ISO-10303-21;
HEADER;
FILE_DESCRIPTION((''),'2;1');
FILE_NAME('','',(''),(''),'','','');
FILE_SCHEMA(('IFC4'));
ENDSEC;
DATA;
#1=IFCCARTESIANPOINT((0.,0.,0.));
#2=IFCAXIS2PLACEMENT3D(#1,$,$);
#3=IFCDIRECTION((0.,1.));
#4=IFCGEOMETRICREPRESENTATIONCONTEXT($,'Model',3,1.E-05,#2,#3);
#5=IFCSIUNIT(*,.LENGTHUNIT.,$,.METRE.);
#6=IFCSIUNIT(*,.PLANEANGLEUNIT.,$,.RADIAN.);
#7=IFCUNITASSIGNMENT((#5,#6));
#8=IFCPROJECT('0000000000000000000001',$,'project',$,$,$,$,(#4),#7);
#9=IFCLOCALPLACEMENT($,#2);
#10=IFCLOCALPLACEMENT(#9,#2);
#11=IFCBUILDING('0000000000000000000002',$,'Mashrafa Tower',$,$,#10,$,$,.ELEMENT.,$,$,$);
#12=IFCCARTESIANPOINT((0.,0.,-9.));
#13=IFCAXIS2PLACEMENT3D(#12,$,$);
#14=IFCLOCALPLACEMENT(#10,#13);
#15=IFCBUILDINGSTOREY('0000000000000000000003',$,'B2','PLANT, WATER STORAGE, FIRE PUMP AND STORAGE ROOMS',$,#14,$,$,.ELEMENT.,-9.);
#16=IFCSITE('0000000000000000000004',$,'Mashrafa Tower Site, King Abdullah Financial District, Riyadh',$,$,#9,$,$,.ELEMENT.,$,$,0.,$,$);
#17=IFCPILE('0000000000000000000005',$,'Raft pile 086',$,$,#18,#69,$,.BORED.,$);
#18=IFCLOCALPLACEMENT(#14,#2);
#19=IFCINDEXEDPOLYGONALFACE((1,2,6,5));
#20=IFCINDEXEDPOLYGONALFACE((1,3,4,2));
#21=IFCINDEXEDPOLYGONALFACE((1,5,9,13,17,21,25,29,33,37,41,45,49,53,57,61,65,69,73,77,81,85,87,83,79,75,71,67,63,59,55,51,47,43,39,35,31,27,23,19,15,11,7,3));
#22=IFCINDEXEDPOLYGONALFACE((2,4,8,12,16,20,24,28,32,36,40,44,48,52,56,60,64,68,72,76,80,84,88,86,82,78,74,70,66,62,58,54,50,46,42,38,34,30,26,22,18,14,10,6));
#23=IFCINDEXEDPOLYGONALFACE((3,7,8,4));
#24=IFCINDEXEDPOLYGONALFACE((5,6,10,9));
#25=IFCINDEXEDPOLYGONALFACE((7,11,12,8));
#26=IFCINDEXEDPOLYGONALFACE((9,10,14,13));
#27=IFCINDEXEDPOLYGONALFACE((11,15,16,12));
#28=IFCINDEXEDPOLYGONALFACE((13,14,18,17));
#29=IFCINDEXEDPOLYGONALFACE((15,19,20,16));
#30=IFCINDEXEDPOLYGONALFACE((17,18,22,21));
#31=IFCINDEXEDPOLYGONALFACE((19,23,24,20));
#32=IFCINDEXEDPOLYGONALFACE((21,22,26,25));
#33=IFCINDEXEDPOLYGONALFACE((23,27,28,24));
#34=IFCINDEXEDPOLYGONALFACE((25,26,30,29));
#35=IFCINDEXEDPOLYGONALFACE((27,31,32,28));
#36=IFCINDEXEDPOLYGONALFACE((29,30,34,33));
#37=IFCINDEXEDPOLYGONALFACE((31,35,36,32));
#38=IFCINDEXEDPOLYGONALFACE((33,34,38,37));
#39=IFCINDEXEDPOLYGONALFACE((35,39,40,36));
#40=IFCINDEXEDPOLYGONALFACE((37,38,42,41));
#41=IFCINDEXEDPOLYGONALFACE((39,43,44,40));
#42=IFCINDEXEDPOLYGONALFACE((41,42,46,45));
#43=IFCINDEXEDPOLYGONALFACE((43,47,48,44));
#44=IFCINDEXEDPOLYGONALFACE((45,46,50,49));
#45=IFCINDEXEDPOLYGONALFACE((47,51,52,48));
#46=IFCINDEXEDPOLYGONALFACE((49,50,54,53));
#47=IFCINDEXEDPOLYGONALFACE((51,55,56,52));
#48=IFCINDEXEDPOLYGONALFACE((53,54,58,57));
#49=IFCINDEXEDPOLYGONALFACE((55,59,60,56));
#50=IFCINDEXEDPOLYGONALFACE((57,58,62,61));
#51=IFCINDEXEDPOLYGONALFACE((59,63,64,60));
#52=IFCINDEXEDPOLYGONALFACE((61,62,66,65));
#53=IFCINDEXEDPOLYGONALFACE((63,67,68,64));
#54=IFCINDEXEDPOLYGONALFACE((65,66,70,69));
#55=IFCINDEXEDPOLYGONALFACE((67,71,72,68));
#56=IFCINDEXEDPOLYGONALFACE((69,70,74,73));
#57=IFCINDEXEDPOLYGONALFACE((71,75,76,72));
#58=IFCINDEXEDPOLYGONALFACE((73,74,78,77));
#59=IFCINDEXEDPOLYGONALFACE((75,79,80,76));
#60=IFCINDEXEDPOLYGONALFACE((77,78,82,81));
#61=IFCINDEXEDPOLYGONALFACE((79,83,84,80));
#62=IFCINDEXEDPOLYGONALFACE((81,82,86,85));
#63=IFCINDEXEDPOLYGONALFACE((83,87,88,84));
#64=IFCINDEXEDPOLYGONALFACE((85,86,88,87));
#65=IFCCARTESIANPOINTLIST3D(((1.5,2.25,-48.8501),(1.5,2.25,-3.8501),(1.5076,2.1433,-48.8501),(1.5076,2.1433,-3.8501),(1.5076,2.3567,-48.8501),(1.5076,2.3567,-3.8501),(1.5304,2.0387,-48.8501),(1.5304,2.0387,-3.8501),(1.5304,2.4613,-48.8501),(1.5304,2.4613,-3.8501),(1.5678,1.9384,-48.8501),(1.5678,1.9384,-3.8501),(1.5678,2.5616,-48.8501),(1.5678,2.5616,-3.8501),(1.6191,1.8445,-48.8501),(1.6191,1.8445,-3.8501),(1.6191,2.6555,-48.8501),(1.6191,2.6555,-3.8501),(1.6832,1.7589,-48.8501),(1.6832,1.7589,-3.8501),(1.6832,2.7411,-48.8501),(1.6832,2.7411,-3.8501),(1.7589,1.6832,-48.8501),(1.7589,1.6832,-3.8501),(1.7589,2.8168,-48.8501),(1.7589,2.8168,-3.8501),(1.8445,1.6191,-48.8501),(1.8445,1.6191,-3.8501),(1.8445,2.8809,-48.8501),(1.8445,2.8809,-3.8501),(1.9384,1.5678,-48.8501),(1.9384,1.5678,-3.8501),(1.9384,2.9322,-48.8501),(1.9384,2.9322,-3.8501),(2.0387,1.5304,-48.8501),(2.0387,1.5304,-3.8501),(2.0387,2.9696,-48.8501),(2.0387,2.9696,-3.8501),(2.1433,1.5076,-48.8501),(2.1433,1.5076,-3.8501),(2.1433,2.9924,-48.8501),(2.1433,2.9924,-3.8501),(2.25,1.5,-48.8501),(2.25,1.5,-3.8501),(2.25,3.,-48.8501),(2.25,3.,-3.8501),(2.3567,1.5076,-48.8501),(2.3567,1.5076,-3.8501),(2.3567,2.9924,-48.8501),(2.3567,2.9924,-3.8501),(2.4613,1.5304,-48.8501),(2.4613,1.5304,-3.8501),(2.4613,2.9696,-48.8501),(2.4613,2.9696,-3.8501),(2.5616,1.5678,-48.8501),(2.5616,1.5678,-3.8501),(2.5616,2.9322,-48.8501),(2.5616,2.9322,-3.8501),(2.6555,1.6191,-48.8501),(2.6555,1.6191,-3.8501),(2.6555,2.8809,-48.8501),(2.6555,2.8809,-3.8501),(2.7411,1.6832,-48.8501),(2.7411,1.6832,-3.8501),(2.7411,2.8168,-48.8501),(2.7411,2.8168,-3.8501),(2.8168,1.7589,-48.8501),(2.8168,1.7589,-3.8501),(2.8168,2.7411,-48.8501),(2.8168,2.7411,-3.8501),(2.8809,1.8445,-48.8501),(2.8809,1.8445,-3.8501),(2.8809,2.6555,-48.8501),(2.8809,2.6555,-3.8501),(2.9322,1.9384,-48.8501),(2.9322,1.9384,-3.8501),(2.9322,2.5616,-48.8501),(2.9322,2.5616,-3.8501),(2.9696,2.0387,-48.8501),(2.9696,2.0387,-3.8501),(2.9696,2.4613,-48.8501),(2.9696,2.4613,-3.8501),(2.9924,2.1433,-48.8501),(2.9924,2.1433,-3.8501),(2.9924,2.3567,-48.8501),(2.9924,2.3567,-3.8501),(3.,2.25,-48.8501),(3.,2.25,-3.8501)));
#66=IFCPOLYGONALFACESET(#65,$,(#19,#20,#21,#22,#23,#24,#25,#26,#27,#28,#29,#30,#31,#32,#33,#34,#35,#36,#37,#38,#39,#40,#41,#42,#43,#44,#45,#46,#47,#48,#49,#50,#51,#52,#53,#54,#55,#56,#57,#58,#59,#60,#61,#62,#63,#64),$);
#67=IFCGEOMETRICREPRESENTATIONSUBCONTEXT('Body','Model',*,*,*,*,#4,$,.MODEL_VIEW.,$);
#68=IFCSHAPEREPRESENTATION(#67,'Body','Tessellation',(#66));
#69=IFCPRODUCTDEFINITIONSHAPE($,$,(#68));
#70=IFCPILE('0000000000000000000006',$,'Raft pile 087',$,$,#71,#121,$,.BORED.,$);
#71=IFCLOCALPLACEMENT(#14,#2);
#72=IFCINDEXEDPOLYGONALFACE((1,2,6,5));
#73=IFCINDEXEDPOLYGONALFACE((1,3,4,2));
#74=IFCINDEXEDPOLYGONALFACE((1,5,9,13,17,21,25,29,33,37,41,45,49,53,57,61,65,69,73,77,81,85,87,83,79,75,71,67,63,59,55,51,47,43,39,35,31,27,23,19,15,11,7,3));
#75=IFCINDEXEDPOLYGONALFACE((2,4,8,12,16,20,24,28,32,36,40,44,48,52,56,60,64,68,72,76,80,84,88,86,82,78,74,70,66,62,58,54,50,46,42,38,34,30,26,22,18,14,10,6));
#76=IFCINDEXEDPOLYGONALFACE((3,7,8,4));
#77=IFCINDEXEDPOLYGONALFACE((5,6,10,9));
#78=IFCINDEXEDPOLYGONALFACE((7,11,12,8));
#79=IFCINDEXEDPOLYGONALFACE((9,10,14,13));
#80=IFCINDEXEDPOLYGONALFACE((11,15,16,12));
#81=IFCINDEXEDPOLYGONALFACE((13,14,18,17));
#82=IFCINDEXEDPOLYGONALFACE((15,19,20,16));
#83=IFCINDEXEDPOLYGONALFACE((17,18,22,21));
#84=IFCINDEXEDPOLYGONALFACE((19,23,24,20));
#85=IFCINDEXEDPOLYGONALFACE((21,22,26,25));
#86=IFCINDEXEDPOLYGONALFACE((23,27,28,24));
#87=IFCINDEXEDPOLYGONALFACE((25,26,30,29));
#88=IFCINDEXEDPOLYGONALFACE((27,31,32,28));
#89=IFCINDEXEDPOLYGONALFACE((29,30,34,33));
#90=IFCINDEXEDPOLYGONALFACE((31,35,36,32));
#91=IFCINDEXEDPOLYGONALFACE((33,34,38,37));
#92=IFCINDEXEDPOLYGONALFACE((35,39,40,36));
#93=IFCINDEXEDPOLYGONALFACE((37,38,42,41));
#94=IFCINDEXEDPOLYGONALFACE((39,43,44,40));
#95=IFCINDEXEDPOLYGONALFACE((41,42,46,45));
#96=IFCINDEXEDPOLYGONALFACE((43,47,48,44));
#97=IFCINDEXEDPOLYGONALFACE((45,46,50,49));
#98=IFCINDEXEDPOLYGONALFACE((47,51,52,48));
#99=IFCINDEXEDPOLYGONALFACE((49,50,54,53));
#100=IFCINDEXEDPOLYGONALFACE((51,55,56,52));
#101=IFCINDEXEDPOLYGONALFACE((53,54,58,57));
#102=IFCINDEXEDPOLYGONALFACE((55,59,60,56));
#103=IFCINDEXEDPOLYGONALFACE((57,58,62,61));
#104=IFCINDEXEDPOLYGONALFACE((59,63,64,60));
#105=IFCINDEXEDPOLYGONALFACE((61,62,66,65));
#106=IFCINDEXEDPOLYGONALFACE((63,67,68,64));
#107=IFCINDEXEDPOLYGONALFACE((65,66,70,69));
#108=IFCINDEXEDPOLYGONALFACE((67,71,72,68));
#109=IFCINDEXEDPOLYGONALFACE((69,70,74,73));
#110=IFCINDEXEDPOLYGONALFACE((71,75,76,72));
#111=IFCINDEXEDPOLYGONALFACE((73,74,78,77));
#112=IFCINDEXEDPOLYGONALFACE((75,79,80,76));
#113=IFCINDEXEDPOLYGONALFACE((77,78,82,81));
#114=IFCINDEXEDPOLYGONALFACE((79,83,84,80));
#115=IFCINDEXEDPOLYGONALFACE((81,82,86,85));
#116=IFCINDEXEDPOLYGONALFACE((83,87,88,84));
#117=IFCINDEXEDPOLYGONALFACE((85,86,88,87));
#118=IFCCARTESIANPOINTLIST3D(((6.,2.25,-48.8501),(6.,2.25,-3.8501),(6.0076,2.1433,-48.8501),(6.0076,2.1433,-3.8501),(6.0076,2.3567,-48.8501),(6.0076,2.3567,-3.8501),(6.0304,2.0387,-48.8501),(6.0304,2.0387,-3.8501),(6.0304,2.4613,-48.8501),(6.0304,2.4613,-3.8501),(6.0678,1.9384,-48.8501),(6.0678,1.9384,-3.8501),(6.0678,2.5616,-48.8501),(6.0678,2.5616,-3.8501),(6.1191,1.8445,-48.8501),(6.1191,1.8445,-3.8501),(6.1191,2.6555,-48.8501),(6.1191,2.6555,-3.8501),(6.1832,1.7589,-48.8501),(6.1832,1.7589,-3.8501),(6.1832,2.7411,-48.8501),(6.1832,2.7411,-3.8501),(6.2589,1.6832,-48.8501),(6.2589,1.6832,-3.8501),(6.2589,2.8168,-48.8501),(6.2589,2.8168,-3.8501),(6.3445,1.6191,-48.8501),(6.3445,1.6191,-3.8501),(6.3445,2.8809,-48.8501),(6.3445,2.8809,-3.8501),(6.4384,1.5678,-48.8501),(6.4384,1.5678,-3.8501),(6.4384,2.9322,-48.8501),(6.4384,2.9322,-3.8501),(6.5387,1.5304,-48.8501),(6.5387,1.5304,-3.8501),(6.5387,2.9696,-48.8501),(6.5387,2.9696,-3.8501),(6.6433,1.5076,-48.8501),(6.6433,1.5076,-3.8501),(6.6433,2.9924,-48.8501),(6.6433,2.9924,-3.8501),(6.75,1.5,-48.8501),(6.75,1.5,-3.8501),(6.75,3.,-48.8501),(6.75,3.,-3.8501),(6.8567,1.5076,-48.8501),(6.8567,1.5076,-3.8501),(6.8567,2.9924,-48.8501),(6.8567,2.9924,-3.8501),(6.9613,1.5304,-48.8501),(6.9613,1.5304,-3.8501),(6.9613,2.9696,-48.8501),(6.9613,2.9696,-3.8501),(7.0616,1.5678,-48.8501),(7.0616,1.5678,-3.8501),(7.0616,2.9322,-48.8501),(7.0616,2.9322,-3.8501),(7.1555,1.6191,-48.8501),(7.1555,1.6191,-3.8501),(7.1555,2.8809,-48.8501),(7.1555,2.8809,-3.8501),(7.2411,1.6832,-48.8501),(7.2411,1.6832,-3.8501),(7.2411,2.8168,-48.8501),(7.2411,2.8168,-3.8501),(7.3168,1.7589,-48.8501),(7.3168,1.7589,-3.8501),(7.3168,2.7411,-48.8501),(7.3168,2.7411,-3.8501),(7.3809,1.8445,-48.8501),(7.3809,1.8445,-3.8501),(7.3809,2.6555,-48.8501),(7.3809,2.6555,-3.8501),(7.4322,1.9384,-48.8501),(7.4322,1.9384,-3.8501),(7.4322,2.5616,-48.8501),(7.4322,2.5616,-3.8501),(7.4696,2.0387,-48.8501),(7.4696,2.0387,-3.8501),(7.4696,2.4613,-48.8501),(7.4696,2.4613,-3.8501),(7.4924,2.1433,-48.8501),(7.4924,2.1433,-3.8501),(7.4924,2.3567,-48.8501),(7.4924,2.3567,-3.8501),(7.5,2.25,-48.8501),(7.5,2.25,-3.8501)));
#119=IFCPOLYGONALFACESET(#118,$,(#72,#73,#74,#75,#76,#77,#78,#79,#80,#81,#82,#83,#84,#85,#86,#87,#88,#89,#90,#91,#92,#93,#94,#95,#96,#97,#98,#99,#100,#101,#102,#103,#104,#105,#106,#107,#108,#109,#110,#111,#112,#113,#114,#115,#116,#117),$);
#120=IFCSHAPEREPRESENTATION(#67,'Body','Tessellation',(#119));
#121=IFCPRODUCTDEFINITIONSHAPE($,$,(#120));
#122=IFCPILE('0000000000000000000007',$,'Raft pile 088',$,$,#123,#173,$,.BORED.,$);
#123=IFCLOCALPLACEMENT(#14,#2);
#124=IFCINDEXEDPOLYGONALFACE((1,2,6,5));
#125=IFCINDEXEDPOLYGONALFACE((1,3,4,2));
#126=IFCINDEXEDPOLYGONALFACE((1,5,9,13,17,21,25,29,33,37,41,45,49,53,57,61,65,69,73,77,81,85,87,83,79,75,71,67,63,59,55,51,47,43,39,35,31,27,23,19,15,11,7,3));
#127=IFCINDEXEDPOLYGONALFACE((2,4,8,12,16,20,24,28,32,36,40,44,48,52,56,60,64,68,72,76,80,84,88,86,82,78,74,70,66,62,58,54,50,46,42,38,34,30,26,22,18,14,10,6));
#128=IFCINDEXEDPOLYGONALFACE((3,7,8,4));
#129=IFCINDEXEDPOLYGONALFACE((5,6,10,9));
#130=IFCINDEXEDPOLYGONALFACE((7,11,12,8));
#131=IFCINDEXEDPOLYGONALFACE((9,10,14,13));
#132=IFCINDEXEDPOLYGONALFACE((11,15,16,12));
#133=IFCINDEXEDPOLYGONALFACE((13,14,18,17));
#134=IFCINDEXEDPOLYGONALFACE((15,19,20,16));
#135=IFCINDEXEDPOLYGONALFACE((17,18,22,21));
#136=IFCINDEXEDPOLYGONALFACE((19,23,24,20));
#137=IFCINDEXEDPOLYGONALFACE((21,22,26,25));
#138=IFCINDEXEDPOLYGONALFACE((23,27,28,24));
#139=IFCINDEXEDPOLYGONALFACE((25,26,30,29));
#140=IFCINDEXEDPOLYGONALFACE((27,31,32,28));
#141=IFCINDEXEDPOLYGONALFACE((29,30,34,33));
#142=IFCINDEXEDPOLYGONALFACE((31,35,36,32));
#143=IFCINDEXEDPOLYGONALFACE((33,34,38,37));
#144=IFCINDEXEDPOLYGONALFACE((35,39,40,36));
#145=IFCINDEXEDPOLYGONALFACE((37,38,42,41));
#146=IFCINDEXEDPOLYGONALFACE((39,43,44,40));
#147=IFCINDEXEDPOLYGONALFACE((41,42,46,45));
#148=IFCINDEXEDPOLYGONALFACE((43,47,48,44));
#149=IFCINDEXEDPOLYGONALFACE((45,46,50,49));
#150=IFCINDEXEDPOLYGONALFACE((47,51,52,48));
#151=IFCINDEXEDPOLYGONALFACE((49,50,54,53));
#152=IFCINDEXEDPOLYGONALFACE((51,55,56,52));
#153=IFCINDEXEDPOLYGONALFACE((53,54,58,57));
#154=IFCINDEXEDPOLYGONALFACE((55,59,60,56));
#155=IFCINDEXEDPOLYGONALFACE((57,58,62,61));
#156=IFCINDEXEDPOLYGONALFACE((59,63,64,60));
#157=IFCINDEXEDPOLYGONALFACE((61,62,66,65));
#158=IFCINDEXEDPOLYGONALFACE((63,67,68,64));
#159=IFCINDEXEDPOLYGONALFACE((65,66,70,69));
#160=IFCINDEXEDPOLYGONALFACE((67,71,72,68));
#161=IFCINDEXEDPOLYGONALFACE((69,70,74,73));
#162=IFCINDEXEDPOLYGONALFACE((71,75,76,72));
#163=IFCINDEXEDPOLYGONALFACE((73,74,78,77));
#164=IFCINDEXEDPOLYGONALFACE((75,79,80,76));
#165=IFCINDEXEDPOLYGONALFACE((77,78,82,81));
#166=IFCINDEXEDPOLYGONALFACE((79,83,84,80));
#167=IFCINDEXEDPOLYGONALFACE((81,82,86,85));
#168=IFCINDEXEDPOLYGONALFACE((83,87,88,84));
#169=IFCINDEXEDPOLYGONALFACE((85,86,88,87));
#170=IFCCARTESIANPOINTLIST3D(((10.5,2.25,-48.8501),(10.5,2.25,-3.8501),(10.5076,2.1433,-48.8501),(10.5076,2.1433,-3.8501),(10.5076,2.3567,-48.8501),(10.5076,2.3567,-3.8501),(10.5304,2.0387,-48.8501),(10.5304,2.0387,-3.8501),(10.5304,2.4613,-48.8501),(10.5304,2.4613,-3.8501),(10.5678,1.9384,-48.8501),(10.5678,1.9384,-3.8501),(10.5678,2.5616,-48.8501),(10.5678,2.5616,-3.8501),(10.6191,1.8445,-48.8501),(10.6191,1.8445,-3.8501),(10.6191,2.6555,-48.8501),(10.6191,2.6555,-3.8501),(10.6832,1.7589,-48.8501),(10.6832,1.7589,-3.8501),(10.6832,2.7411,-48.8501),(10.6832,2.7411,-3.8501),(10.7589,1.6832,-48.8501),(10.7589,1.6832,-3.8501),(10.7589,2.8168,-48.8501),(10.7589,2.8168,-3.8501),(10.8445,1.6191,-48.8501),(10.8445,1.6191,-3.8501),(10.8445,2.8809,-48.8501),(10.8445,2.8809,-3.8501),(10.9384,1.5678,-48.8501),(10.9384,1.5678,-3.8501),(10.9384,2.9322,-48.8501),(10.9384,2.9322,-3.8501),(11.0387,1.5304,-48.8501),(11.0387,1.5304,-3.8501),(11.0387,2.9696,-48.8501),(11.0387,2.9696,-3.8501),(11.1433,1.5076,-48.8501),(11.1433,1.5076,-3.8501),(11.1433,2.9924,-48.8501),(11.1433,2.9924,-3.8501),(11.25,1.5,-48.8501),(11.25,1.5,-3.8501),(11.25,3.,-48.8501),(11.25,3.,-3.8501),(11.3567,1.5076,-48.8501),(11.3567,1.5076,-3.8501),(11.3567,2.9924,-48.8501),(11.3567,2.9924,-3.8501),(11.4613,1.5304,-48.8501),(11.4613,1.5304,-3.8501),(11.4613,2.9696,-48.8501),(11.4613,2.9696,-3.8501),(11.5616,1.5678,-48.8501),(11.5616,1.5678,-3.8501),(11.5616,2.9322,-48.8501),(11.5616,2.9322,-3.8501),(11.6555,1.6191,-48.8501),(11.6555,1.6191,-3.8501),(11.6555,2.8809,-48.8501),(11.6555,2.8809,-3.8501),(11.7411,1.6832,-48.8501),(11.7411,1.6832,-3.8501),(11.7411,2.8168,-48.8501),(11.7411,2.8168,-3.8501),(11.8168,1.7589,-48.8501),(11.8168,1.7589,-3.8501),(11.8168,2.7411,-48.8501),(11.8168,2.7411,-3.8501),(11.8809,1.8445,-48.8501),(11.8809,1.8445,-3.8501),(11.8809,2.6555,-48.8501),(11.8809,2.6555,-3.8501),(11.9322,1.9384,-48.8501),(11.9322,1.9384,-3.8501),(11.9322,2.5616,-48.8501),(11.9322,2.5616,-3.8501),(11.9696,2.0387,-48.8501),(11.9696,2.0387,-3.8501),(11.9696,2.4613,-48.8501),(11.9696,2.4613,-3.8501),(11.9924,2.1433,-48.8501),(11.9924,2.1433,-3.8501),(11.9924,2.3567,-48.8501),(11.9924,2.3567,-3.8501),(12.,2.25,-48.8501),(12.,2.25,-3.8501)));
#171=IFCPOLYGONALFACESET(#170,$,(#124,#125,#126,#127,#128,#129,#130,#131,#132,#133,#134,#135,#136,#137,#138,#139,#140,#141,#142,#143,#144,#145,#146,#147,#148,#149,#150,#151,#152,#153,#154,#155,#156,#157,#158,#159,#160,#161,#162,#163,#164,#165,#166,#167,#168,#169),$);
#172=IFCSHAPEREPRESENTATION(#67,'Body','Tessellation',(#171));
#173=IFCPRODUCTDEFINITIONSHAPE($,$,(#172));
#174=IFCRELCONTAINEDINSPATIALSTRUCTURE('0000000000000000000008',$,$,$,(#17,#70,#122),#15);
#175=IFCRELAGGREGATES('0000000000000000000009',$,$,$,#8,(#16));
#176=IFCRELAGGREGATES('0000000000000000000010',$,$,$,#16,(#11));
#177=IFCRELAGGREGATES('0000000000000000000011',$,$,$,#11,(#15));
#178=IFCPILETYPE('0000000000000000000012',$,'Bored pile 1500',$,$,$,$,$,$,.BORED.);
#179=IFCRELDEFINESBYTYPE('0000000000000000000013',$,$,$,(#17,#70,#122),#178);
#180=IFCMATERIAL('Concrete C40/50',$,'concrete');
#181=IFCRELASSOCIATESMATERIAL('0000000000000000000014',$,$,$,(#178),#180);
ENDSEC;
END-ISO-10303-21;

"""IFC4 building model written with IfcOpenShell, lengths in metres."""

from ifc_helpers import new_model, si_unit, direction, frame, origin, origin_2d, place, context, subcontext, project, spatial, circle, extrude, material, material_profile, profile_set, type_object, element, save


model = new_model("IFC4")

# Units and contexts
model_context = context("Model", 3, precision=1e-05, world=origin(), true_north=direction((0.0, 1.0)))
body_context = subcontext(model_context, "Body", "Model", "MODEL_VIEW")
ifc_project = project(units=[si_unit("LENGTHUNIT", "METRE"), si_unit("PLANEANGLEUNIT", "RADIAN")], contexts=[model_context])

# Site, building, storey
site_placement = place(None, origin())
site = spatial("IfcSite", under=ifc_project, at=site_placement, Name="Mashrafa Tower Site, King Abdullah Financial District, Riyadh", CompositionType="ELEMENT", RefElevation=0.0)
building_placement = place(site_placement, origin())
building = spatial("IfcBuilding", under=site, at=building_placement, Name="Mashrafa Tower", CompositionType="ELEMENT")
storey_placement = place(building_placement, frame((0.0, 0.0, -9.0)))
storey = spatial("IfcBuildingStorey", under=building, at=storey_placement, Name="B2", Description="PLANT, WATER STORAGE, FIRE PUMP AND STORAGE ROOMS", CompositionType="ELEMENT", Elevation=-9.0)

# Piles
ifc_material_1 = material(Name="Concrete C40/50", Category="concrete")
ifc_material_profile_1 = material_profile(ifc_material_1, circle(Radius=0.75, at=origin_2d()), Name="1500 DIA")
ifc_profile_set_1 = profile_set([ifc_material_profile_1], Name="Concrete C40/50")
pile_type = type_object("IfcPileType", Name="Bored pile 1500", PredefinedType="BORED", material=ifc_profile_set_1)
for number, where, z_axis, x_axis, name in (
    (1, (2.25, 2.25, -3.8501), (0.0, 0.0, -1.0), (1.0, 0.0, 0.0), "Raft pile 086"),
    (2, (6.75, 2.25, -3.8501), (0.0, 0.0, -1.0), (1.0, 0.0, 0.0), "Raft pile 087"),
    (3, (11.25, 2.25, -3.8501), (0.0, 0.0, -1.0), (1.0, 0.0, 0.0), "Raft pile 088"),
):
    element("IfcPile", number, at=place(storey_placement, frame(where, z_axis=z_axis, x_axis=x_axis)), inside=storey, type_object=pile_type, Name=name, PredefinedType="BORED", context=body_context, shape_type="SweptSolid", body=[
        extrude(circle(Radius=0.75, at=origin_2d()), origin(), (0.0, 0.0, 1.0), 45.0),
    ])

save(model, "model.ifc")
